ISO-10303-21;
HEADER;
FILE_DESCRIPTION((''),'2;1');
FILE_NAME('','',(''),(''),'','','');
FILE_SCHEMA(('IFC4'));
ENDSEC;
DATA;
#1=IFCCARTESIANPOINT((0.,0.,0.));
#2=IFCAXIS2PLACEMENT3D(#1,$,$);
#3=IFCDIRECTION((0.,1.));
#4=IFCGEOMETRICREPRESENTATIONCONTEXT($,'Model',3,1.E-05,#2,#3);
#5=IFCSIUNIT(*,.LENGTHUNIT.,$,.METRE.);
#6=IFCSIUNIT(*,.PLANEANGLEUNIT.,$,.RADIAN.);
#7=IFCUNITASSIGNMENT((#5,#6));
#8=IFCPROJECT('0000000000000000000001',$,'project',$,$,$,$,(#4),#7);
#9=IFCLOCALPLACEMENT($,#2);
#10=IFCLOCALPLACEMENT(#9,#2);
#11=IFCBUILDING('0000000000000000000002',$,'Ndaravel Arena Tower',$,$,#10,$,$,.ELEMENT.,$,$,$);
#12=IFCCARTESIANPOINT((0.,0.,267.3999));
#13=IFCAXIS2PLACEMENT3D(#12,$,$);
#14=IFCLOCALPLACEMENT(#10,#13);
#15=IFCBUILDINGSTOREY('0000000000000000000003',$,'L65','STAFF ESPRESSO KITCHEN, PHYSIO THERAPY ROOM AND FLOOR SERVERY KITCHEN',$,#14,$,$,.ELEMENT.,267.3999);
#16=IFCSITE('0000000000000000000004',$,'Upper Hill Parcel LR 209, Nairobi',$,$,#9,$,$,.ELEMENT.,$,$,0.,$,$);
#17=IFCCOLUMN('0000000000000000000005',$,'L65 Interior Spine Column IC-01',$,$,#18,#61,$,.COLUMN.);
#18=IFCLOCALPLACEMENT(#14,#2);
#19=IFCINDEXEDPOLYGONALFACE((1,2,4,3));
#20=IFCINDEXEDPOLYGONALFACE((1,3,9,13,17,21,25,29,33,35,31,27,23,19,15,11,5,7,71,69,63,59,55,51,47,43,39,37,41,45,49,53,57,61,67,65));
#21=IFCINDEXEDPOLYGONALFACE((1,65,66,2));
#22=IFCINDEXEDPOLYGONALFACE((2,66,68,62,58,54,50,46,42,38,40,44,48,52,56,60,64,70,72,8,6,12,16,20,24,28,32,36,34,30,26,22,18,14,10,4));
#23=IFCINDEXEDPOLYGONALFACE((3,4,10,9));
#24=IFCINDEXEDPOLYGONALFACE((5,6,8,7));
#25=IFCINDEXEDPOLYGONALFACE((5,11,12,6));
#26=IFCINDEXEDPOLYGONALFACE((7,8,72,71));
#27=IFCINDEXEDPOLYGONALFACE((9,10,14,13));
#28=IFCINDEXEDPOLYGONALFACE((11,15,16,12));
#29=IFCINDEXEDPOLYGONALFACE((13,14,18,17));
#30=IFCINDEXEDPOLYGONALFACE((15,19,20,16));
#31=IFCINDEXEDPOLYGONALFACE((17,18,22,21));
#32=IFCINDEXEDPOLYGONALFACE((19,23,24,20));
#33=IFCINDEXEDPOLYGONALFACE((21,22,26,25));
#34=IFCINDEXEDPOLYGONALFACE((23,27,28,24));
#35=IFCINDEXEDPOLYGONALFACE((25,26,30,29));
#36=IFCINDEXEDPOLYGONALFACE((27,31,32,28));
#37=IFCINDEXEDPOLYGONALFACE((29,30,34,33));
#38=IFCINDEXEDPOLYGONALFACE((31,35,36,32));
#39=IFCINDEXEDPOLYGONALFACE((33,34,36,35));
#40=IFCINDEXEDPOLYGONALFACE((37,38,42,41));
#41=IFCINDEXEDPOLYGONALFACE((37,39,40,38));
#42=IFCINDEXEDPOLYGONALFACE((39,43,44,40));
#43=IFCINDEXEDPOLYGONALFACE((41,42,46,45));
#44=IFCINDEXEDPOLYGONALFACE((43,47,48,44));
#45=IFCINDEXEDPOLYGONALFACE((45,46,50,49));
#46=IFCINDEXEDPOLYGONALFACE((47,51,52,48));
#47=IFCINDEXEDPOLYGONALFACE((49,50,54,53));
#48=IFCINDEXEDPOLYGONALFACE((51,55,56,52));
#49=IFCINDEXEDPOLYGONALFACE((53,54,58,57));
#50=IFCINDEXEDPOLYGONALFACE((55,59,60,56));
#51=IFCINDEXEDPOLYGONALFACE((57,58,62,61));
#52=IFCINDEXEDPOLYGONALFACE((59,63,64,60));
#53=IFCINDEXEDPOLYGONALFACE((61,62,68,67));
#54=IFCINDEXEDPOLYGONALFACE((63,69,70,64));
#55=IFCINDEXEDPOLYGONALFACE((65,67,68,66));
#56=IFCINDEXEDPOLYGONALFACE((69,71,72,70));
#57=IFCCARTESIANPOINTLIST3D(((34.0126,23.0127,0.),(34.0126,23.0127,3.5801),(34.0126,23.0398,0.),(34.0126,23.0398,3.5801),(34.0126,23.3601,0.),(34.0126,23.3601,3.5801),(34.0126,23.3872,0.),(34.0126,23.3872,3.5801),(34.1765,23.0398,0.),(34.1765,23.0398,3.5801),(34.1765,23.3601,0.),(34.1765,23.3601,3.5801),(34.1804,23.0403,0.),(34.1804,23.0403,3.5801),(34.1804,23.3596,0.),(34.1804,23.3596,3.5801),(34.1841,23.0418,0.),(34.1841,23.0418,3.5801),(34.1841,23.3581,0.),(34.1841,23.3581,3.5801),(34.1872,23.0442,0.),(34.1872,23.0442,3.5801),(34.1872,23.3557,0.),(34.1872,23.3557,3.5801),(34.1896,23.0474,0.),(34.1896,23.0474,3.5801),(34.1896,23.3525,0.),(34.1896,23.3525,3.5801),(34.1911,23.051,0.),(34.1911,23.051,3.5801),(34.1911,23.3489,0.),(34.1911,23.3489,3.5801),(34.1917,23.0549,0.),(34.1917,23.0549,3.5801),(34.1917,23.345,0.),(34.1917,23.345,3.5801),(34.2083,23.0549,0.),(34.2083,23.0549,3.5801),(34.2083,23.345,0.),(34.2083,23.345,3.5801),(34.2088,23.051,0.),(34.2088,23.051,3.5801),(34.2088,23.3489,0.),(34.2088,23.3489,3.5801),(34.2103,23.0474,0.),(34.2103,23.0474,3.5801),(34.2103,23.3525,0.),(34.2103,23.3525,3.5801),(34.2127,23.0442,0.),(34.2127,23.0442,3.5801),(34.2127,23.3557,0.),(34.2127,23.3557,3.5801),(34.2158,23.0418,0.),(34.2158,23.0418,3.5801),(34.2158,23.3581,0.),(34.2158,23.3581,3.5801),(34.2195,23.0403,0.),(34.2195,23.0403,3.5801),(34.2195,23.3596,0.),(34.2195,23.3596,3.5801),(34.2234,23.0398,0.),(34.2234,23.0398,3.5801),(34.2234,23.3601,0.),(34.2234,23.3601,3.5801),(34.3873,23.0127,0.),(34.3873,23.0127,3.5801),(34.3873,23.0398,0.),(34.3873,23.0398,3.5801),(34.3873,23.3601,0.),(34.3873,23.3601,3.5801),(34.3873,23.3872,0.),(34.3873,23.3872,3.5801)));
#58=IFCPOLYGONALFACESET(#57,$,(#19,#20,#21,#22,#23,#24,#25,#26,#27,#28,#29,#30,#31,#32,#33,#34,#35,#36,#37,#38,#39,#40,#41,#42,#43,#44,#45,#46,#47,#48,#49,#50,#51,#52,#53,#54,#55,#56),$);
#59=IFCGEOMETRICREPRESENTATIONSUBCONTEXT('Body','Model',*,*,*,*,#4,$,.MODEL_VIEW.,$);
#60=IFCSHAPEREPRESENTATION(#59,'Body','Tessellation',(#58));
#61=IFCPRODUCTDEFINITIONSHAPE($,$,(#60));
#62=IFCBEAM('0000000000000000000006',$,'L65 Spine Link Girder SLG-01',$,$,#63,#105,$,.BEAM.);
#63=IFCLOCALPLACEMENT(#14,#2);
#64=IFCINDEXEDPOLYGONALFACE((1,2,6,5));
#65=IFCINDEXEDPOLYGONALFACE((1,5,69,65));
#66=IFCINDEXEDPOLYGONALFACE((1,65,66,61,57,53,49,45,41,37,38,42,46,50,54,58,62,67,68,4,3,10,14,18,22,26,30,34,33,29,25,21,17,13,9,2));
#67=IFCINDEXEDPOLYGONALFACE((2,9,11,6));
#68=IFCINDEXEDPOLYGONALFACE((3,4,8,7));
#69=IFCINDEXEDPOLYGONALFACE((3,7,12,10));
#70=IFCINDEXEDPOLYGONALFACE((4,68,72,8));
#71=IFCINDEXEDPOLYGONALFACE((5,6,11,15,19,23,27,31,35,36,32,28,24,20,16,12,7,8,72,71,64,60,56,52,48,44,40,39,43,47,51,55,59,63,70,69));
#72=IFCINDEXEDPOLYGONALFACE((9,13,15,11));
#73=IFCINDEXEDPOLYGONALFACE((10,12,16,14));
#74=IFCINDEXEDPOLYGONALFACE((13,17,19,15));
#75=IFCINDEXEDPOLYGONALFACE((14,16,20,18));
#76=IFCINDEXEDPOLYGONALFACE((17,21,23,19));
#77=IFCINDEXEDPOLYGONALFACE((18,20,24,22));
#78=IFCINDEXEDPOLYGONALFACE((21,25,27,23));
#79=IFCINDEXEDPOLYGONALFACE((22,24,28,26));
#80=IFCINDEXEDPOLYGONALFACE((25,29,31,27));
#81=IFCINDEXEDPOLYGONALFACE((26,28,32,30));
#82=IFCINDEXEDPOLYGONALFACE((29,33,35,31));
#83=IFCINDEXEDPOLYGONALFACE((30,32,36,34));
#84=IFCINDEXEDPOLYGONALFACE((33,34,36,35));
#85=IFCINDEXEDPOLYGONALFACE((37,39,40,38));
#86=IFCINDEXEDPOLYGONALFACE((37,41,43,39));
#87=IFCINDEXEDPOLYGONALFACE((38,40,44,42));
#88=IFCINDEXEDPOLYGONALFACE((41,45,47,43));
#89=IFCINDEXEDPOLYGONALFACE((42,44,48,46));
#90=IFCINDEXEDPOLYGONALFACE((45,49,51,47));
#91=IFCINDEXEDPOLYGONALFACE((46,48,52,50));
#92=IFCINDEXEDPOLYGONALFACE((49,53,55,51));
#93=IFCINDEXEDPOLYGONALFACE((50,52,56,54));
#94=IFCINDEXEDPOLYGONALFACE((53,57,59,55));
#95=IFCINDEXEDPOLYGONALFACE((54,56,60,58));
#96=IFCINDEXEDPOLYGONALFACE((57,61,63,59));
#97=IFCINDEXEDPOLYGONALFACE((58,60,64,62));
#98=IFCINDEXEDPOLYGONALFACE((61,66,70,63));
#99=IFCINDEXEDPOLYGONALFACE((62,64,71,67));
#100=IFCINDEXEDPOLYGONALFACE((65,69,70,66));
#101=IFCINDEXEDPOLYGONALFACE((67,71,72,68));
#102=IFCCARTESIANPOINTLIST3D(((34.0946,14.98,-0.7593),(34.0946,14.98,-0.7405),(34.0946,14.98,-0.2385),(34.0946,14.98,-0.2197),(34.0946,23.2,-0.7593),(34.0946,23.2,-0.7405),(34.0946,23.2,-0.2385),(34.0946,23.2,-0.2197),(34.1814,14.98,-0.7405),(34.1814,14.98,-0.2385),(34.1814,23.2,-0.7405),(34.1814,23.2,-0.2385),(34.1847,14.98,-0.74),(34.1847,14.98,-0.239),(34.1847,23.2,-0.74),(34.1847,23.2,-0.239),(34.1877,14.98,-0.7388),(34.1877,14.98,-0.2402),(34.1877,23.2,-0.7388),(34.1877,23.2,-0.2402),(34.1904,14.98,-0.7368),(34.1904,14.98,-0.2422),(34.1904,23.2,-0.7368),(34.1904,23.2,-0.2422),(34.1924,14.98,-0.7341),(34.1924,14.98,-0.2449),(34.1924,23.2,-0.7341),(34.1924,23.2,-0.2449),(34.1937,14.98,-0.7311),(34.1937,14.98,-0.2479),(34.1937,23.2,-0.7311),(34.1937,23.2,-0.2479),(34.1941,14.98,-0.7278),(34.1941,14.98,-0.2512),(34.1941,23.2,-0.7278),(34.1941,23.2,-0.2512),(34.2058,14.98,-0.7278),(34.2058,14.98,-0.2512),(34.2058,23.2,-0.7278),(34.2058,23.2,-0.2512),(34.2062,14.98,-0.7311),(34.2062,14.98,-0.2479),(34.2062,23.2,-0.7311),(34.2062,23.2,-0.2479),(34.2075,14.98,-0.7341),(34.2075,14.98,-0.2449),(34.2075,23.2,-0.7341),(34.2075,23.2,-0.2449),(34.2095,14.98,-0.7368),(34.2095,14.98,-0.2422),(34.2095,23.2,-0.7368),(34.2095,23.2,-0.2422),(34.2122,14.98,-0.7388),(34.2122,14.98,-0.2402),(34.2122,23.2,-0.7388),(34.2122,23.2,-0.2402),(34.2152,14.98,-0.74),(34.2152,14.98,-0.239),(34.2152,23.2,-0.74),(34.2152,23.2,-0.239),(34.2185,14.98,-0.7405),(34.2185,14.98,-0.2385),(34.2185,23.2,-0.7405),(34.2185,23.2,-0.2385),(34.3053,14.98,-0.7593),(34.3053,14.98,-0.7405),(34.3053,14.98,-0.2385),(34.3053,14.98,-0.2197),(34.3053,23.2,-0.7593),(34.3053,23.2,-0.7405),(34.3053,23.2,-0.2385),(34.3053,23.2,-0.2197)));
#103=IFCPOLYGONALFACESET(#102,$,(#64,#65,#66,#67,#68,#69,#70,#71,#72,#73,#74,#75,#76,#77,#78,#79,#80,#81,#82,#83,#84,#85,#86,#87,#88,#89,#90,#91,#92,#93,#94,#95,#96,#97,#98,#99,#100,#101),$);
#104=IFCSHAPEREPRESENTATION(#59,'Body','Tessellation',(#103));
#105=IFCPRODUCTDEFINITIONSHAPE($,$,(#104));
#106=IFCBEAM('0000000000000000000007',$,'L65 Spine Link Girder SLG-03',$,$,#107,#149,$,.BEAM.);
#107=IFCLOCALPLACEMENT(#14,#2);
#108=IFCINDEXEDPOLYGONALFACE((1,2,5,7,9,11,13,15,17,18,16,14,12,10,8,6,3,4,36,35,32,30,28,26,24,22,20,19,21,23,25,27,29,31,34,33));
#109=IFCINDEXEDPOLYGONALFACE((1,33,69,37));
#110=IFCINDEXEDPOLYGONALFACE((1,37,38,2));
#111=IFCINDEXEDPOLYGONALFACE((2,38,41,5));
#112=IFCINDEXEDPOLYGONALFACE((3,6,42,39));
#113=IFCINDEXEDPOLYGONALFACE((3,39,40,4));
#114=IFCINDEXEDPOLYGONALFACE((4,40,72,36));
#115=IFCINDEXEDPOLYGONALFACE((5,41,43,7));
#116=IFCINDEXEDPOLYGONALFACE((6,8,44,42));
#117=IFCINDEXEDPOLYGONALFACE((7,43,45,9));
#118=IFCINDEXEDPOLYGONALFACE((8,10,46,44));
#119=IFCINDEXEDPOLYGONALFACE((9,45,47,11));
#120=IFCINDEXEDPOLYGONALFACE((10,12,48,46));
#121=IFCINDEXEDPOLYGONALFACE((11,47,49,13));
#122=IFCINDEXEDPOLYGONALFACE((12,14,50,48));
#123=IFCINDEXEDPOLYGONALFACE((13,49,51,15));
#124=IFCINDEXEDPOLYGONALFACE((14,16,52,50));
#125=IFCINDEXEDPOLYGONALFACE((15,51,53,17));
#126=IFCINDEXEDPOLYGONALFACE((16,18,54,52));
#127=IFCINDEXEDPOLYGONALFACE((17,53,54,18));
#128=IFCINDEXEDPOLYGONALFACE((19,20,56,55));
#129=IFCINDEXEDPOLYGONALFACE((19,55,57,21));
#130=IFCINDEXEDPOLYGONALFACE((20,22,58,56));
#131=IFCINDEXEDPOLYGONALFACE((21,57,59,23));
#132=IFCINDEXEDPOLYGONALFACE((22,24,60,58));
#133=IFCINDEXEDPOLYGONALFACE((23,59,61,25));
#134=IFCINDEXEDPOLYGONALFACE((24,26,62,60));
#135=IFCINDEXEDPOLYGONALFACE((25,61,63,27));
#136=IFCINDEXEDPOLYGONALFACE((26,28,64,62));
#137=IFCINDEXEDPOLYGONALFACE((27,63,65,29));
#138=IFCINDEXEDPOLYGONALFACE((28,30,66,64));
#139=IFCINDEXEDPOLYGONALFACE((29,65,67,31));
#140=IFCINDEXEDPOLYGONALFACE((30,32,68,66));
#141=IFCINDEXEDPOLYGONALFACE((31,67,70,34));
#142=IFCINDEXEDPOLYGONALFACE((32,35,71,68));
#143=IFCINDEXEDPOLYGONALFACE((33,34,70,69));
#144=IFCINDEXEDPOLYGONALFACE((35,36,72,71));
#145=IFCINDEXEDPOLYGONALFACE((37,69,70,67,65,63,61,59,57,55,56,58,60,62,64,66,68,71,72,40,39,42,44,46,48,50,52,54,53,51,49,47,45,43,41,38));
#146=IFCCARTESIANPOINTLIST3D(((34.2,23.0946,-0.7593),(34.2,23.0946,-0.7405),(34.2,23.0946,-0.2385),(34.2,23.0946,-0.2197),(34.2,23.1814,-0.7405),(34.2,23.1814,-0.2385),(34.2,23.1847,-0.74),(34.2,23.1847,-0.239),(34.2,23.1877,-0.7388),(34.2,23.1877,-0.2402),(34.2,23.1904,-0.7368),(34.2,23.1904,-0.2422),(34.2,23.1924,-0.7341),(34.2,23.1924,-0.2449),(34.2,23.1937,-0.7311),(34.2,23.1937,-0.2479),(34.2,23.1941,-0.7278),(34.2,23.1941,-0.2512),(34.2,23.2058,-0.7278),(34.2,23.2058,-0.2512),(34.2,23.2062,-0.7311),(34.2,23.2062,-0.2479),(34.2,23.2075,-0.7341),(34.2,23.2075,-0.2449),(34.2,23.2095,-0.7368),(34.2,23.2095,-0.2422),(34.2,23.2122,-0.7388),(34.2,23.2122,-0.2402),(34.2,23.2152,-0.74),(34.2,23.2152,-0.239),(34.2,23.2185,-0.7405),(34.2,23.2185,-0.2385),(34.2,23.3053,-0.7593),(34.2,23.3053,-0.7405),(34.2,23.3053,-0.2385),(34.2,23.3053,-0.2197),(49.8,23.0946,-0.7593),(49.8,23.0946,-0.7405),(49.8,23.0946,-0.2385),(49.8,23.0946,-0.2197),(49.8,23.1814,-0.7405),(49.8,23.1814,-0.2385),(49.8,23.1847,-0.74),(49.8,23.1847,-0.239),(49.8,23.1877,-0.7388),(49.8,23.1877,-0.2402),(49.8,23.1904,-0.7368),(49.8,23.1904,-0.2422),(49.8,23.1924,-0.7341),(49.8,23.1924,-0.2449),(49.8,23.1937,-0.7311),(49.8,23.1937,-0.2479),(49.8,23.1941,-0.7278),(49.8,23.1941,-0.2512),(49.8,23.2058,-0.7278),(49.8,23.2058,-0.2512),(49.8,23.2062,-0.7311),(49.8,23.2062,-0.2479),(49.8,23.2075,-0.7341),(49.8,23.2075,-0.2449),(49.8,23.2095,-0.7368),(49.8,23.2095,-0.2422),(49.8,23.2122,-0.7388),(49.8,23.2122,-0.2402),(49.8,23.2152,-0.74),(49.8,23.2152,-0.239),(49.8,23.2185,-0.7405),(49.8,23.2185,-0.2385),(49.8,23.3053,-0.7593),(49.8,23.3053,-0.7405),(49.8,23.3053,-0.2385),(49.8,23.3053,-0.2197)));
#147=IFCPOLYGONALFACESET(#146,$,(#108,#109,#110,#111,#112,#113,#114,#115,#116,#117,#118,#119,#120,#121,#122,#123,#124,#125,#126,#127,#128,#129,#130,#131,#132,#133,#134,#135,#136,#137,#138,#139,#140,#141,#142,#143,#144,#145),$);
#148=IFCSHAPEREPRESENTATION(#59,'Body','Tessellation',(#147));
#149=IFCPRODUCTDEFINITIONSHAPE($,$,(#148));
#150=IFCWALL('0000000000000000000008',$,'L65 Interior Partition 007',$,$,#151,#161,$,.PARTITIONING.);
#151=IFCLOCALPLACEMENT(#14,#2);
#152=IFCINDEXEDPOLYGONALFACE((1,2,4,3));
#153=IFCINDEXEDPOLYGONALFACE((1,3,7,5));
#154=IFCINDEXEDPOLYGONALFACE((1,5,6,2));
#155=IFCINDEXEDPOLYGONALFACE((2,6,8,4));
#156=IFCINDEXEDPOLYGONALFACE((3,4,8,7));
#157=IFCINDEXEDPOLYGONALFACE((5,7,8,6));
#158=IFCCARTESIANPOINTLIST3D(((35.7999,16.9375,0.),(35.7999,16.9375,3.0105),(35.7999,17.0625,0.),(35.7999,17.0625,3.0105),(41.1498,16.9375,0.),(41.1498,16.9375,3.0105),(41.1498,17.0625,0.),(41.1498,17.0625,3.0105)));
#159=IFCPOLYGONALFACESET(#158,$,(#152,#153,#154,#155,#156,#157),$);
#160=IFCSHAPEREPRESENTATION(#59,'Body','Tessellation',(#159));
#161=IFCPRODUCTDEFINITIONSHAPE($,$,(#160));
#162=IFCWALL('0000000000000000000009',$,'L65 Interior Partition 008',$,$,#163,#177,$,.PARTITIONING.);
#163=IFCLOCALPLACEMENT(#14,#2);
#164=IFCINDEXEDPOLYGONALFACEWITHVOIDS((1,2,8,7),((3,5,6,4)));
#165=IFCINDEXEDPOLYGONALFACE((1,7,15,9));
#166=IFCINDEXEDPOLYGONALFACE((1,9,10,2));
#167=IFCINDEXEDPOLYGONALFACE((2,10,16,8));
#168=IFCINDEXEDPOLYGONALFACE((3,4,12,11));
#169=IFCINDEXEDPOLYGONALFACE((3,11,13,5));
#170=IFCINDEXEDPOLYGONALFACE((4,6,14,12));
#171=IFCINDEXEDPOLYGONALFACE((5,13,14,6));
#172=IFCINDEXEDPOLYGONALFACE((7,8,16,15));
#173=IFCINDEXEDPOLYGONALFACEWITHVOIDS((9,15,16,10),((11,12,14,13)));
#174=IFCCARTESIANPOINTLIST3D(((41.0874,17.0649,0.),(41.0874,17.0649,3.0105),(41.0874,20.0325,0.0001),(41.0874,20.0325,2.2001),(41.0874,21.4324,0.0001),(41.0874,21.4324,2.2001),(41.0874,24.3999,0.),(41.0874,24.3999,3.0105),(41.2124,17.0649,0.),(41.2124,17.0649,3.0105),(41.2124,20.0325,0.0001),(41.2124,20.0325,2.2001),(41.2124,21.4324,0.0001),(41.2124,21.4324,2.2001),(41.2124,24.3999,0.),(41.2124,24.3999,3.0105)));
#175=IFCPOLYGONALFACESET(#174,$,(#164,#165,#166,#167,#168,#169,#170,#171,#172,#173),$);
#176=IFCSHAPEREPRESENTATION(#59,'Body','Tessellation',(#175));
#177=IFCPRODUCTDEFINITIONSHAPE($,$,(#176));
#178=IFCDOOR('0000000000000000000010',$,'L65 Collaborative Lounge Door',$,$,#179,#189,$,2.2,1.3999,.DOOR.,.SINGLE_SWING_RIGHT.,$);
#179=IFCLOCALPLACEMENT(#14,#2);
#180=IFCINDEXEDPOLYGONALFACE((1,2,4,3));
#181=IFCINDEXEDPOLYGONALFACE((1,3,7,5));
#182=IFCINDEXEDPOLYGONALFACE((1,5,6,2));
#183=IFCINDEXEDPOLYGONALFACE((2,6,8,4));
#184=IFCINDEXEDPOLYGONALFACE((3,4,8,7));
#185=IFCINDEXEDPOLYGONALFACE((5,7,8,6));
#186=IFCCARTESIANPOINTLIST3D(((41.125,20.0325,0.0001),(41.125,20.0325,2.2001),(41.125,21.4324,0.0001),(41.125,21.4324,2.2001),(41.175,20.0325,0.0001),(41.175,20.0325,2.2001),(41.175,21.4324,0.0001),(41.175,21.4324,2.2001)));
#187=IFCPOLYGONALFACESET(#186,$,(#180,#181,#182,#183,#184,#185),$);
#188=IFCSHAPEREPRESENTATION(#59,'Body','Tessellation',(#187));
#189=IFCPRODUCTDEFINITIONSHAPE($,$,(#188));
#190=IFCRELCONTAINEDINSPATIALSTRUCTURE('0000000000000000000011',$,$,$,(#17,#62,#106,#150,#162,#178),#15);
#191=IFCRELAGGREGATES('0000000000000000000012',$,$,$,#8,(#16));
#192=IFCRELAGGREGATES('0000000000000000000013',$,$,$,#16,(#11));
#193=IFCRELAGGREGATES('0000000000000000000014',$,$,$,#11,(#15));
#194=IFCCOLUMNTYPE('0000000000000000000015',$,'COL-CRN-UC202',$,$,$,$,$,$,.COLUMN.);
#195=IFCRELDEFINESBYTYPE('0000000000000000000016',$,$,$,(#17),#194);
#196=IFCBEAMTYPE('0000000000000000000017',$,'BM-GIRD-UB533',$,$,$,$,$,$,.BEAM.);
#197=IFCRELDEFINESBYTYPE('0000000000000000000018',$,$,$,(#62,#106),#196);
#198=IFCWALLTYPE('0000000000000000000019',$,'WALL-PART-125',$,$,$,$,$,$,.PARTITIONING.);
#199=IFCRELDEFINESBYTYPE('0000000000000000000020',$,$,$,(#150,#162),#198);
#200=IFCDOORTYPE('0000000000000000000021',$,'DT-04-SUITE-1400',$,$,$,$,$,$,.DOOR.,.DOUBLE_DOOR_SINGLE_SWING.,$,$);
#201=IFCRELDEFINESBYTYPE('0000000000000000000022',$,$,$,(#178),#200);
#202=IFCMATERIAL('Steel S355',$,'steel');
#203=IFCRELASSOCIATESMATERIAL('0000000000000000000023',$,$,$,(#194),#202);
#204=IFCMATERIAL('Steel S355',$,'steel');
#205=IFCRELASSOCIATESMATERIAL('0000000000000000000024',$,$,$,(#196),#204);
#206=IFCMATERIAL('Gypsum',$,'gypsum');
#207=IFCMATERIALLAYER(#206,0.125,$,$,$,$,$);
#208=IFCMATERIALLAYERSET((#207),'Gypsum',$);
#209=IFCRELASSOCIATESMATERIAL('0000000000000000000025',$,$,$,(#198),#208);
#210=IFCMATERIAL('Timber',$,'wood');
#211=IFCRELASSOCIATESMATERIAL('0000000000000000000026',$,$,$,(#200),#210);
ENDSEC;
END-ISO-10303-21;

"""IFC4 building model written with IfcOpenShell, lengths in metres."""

from ifc_helpers import new_model, si_unit, direction, frame, frame_2d, origin, origin_2d, place, context, subcontext, project, spatial, rectangle, i_section, extrude, material, layer, layer_set, material_profile, profile_set, type_object, element, fill, save


model = new_model("IFC4")

# Units and contexts
model_context = context("Model", 3, precision=1e-05, world=origin(), true_north=direction((0.0, 1.0)))
body_context = subcontext(model_context, "Body", "Model", "MODEL_VIEW")
ifc_project = project(units=[si_unit("LENGTHUNIT", "METRE"), si_unit("PLANEANGLEUNIT", "RADIAN")], contexts=[model_context])

# Site, building, storey
site_placement = place(None, origin())
site = spatial("IfcSite", under=ifc_project, at=site_placement, Name="Upper Hill Parcel LR 209, Nairobi", CompositionType="ELEMENT", RefElevation=0.0)
building_placement = place(site_placement, origin())
building = spatial("IfcBuilding", under=site, at=building_placement, Name="Ndaravel Arena Tower", CompositionType="ELEMENT")
storey_placement = place(building_placement, frame((0.0, 0.0, 267.3999)))
storey = spatial("IfcBuildingStorey", under=building, at=storey_placement, Name="L65", Description="STAFF ESPRESSO KITCHEN, PHYSIO THERAPY ROOM AND FLOOR SERVERY KITCHEN", CompositionType="ELEMENT", Elevation=267.3999)

# Column
ifc_material_1 = material(Name="Steel S355", Category="steel")
ifc_material_profile_1 = material_profile(ifc_material_1, i_section(OverallWidth=0.3748, OverallDepth=0.3745, WebThickness=0.0166, FlangeThickness=0.0271, FilletRadius=0.0151, at=origin_2d()), Name="UC 356x368x202")
ifc_profile_set_1 = profile_set([ifc_material_profile_1], Name="Steel S355")
column_type = type_object("IfcColumnType", Name="COL-CRN-UC202", PredefinedType="COLUMN", material=ifc_profile_set_1)
column_placement = place(storey_placement, frame((34.2, 23.2, 0.0), z_axis=(0.0, 0.0, 1.0), x_axis=(1.0, 0.0, 0.0)))
element("IfcColumn", 1, at=column_placement, inside=storey, type_object=column_type, Name="L65 Interior Spine Column IC-01", PredefinedType="COLUMN", context=body_context, shape_type="SweptSolid", body=[
    extrude(i_section(OverallWidth=0.3748, OverallDepth=0.3745, WebThickness=0.0166, FlangeThickness=0.0271, FilletRadius=0.0151, at=origin_2d()), origin(), (0.0, 0.0, 1.0), 3.5801),
])

# Beams
ifc_material_2 = material(Name="Steel S355", Category="steel")
ifc_material_profile_2 = material_profile(ifc_material_2, i_section(OverallWidth=0.2107, OverallDepth=0.5396, WebThickness=0.0117, FlangeThickness=0.0188, FilletRadius=0.0127, at=origin_2d()), Name="UB 533x210x109")
ifc_profile_set_2 = profile_set([ifc_material_profile_2], Name="Steel S355")
beam_type = type_object("IfcBeamType", Name="BM-GIRD-UB533", PredefinedType="BEAM", material=ifc_profile_set_2)
beam_1_placement = place(storey_placement, frame((34.2, 14.98, -0.4895), z_axis=(0.0, 1.0, 0.0), x_axis=(-1.0, 0.0, 0.0)))
element("IfcBeam", 2, at=beam_1_placement, inside=storey, type_object=beam_type, Name="L65 Spine Link Girder SLG-01", PredefinedType="BEAM", context=body_context, shape_type="SweptSolid", body=[
    extrude(i_section(OverallWidth=0.2107, OverallDepth=0.5396, WebThickness=0.0117, FlangeThickness=0.0188, FilletRadius=0.0127, at=origin_2d()), origin(), (0.0, 0.0, 1.0), 8.22),
])
beam_2_placement = place(storey_placement, frame((34.2, 23.2, -0.4895), z_axis=(1.0, 0.0, 0.0), x_axis=(0.0, 1.0, 0.0)))
element("IfcBeam", 3, at=beam_2_placement, inside=storey, type_object=beam_type, Name="L65 Spine Link Girder SLG-03", PredefinedType="BEAM", context=body_context, shape_type="SweptSolid", body=[
    extrude(i_section(OverallWidth=0.2107, OverallDepth=0.5396, WebThickness=0.0117, FlangeThickness=0.0188, FilletRadius=0.0127, at=origin_2d()), origin(), (0.0, 0.0, 1.0), 15.6001),
])

# Wall
ifc_material_3 = material(Name="Gypsum", Category="gypsum")
ifc_layer_1 = layer(ifc_material_3, 0.125)
ifc_layer_set_1 = layer_set([ifc_layer_1], Name="Gypsum")
wall_type_1 = type_object("IfcWallType", Name="WALL-PART-125", PredefinedType="PARTITIONING", material=ifc_layer_set_1)
wall_1_placement = place(storey_placement, frame((35.8, 17.0, 0.0), z_axis=(0.0, 0.0, 1.0), x_axis=(1.0, 0.0, 0.0)))
element("IfcWall", 4, at=wall_1_placement, inside=storey, type_object=wall_type_1, Name="L65 Interior Partition 007", PredefinedType="PARTITIONING", context=body_context, shape_type="SweptSolid", body=[
    extrude(rectangle(XDim=5.3499, YDim=0.125, at=frame_2d((2.6748, 0.0))), origin(), (0.0, 0.0, 1.0), 3.0105),
])

# Wall, opening, door
wall_2_placement = place(storey_placement, frame((41.1499, 17.0649, 0.0), z_axis=(0.0, 0.0, 1.0), x_axis=(0.0, 1.0, 0.0)))
wall_2 = element("IfcWall", 5, at=wall_2_placement, inside=storey, type_object=wall_type_1, Name="L65 Interior Partition 008", PredefinedType="PARTITIONING", context=body_context, shape_type="SweptSolid", body=[
    extrude(rectangle(XDim=7.335, YDim=0.125, at=frame_2d((3.6675, 0.0))), origin(), (0.0, 0.0, 1.0), 3.0105),
])
opening_1_placement = place(wall_2_placement, frame((2.9675, 0.0, 0.0)))
opening_1 = element("IfcOpeningElement", 6, at=opening_1_placement, cuts=wall_2, PredefinedType="OPENING", context=body_context, shape_type="SweptSolid", body=[
    extrude(rectangle(XDim=1.3999, YDim=2.2, at=frame_2d((0.7, 1.1001))), frame((0.0, 0.0625, 0.0), z_axis=(0.0, -1.0, 0.0), x_axis=(1.0, 0.0, 0.0)), (0.0, 0.0, 1.0), 0.125),
])
ifc_material_4 = material(Name="Timber", Category="wood")
door_type_1 = type_object("IfcDoorType", Name="DT-04-SUITE-1400", OperationType="DOUBLE_DOOR_SINGLE_SWING", PredefinedType="DOOR", material=ifc_material_4)
door_1_placement = place(opening_1_placement, origin())
door_1 = element("IfcDoor", 7, at=door_1_placement, inside=storey, type_object=door_type_1, Name="L65 Collaborative Lounge Door", OperationType="SINGLE_SWING_RIGHT", OverallHeight=2.2, OverallWidth=1.3999, PredefinedType="DOOR", context=body_context, shape_type="SweptSolid", body=[
    extrude(rectangle(XDim=1.3999, YDim=2.2, at=frame_2d((0.7, 1.1001))), frame((0.0, 0.0249, 0.0), z_axis=(0.0, -1.0, 0.0), x_axis=(1.0, 0.0, 0.0)), (0.0, 0.0, 1.0), 0.05),
])
fill(opening_1, door_1)

save(model, "model.ifc")
